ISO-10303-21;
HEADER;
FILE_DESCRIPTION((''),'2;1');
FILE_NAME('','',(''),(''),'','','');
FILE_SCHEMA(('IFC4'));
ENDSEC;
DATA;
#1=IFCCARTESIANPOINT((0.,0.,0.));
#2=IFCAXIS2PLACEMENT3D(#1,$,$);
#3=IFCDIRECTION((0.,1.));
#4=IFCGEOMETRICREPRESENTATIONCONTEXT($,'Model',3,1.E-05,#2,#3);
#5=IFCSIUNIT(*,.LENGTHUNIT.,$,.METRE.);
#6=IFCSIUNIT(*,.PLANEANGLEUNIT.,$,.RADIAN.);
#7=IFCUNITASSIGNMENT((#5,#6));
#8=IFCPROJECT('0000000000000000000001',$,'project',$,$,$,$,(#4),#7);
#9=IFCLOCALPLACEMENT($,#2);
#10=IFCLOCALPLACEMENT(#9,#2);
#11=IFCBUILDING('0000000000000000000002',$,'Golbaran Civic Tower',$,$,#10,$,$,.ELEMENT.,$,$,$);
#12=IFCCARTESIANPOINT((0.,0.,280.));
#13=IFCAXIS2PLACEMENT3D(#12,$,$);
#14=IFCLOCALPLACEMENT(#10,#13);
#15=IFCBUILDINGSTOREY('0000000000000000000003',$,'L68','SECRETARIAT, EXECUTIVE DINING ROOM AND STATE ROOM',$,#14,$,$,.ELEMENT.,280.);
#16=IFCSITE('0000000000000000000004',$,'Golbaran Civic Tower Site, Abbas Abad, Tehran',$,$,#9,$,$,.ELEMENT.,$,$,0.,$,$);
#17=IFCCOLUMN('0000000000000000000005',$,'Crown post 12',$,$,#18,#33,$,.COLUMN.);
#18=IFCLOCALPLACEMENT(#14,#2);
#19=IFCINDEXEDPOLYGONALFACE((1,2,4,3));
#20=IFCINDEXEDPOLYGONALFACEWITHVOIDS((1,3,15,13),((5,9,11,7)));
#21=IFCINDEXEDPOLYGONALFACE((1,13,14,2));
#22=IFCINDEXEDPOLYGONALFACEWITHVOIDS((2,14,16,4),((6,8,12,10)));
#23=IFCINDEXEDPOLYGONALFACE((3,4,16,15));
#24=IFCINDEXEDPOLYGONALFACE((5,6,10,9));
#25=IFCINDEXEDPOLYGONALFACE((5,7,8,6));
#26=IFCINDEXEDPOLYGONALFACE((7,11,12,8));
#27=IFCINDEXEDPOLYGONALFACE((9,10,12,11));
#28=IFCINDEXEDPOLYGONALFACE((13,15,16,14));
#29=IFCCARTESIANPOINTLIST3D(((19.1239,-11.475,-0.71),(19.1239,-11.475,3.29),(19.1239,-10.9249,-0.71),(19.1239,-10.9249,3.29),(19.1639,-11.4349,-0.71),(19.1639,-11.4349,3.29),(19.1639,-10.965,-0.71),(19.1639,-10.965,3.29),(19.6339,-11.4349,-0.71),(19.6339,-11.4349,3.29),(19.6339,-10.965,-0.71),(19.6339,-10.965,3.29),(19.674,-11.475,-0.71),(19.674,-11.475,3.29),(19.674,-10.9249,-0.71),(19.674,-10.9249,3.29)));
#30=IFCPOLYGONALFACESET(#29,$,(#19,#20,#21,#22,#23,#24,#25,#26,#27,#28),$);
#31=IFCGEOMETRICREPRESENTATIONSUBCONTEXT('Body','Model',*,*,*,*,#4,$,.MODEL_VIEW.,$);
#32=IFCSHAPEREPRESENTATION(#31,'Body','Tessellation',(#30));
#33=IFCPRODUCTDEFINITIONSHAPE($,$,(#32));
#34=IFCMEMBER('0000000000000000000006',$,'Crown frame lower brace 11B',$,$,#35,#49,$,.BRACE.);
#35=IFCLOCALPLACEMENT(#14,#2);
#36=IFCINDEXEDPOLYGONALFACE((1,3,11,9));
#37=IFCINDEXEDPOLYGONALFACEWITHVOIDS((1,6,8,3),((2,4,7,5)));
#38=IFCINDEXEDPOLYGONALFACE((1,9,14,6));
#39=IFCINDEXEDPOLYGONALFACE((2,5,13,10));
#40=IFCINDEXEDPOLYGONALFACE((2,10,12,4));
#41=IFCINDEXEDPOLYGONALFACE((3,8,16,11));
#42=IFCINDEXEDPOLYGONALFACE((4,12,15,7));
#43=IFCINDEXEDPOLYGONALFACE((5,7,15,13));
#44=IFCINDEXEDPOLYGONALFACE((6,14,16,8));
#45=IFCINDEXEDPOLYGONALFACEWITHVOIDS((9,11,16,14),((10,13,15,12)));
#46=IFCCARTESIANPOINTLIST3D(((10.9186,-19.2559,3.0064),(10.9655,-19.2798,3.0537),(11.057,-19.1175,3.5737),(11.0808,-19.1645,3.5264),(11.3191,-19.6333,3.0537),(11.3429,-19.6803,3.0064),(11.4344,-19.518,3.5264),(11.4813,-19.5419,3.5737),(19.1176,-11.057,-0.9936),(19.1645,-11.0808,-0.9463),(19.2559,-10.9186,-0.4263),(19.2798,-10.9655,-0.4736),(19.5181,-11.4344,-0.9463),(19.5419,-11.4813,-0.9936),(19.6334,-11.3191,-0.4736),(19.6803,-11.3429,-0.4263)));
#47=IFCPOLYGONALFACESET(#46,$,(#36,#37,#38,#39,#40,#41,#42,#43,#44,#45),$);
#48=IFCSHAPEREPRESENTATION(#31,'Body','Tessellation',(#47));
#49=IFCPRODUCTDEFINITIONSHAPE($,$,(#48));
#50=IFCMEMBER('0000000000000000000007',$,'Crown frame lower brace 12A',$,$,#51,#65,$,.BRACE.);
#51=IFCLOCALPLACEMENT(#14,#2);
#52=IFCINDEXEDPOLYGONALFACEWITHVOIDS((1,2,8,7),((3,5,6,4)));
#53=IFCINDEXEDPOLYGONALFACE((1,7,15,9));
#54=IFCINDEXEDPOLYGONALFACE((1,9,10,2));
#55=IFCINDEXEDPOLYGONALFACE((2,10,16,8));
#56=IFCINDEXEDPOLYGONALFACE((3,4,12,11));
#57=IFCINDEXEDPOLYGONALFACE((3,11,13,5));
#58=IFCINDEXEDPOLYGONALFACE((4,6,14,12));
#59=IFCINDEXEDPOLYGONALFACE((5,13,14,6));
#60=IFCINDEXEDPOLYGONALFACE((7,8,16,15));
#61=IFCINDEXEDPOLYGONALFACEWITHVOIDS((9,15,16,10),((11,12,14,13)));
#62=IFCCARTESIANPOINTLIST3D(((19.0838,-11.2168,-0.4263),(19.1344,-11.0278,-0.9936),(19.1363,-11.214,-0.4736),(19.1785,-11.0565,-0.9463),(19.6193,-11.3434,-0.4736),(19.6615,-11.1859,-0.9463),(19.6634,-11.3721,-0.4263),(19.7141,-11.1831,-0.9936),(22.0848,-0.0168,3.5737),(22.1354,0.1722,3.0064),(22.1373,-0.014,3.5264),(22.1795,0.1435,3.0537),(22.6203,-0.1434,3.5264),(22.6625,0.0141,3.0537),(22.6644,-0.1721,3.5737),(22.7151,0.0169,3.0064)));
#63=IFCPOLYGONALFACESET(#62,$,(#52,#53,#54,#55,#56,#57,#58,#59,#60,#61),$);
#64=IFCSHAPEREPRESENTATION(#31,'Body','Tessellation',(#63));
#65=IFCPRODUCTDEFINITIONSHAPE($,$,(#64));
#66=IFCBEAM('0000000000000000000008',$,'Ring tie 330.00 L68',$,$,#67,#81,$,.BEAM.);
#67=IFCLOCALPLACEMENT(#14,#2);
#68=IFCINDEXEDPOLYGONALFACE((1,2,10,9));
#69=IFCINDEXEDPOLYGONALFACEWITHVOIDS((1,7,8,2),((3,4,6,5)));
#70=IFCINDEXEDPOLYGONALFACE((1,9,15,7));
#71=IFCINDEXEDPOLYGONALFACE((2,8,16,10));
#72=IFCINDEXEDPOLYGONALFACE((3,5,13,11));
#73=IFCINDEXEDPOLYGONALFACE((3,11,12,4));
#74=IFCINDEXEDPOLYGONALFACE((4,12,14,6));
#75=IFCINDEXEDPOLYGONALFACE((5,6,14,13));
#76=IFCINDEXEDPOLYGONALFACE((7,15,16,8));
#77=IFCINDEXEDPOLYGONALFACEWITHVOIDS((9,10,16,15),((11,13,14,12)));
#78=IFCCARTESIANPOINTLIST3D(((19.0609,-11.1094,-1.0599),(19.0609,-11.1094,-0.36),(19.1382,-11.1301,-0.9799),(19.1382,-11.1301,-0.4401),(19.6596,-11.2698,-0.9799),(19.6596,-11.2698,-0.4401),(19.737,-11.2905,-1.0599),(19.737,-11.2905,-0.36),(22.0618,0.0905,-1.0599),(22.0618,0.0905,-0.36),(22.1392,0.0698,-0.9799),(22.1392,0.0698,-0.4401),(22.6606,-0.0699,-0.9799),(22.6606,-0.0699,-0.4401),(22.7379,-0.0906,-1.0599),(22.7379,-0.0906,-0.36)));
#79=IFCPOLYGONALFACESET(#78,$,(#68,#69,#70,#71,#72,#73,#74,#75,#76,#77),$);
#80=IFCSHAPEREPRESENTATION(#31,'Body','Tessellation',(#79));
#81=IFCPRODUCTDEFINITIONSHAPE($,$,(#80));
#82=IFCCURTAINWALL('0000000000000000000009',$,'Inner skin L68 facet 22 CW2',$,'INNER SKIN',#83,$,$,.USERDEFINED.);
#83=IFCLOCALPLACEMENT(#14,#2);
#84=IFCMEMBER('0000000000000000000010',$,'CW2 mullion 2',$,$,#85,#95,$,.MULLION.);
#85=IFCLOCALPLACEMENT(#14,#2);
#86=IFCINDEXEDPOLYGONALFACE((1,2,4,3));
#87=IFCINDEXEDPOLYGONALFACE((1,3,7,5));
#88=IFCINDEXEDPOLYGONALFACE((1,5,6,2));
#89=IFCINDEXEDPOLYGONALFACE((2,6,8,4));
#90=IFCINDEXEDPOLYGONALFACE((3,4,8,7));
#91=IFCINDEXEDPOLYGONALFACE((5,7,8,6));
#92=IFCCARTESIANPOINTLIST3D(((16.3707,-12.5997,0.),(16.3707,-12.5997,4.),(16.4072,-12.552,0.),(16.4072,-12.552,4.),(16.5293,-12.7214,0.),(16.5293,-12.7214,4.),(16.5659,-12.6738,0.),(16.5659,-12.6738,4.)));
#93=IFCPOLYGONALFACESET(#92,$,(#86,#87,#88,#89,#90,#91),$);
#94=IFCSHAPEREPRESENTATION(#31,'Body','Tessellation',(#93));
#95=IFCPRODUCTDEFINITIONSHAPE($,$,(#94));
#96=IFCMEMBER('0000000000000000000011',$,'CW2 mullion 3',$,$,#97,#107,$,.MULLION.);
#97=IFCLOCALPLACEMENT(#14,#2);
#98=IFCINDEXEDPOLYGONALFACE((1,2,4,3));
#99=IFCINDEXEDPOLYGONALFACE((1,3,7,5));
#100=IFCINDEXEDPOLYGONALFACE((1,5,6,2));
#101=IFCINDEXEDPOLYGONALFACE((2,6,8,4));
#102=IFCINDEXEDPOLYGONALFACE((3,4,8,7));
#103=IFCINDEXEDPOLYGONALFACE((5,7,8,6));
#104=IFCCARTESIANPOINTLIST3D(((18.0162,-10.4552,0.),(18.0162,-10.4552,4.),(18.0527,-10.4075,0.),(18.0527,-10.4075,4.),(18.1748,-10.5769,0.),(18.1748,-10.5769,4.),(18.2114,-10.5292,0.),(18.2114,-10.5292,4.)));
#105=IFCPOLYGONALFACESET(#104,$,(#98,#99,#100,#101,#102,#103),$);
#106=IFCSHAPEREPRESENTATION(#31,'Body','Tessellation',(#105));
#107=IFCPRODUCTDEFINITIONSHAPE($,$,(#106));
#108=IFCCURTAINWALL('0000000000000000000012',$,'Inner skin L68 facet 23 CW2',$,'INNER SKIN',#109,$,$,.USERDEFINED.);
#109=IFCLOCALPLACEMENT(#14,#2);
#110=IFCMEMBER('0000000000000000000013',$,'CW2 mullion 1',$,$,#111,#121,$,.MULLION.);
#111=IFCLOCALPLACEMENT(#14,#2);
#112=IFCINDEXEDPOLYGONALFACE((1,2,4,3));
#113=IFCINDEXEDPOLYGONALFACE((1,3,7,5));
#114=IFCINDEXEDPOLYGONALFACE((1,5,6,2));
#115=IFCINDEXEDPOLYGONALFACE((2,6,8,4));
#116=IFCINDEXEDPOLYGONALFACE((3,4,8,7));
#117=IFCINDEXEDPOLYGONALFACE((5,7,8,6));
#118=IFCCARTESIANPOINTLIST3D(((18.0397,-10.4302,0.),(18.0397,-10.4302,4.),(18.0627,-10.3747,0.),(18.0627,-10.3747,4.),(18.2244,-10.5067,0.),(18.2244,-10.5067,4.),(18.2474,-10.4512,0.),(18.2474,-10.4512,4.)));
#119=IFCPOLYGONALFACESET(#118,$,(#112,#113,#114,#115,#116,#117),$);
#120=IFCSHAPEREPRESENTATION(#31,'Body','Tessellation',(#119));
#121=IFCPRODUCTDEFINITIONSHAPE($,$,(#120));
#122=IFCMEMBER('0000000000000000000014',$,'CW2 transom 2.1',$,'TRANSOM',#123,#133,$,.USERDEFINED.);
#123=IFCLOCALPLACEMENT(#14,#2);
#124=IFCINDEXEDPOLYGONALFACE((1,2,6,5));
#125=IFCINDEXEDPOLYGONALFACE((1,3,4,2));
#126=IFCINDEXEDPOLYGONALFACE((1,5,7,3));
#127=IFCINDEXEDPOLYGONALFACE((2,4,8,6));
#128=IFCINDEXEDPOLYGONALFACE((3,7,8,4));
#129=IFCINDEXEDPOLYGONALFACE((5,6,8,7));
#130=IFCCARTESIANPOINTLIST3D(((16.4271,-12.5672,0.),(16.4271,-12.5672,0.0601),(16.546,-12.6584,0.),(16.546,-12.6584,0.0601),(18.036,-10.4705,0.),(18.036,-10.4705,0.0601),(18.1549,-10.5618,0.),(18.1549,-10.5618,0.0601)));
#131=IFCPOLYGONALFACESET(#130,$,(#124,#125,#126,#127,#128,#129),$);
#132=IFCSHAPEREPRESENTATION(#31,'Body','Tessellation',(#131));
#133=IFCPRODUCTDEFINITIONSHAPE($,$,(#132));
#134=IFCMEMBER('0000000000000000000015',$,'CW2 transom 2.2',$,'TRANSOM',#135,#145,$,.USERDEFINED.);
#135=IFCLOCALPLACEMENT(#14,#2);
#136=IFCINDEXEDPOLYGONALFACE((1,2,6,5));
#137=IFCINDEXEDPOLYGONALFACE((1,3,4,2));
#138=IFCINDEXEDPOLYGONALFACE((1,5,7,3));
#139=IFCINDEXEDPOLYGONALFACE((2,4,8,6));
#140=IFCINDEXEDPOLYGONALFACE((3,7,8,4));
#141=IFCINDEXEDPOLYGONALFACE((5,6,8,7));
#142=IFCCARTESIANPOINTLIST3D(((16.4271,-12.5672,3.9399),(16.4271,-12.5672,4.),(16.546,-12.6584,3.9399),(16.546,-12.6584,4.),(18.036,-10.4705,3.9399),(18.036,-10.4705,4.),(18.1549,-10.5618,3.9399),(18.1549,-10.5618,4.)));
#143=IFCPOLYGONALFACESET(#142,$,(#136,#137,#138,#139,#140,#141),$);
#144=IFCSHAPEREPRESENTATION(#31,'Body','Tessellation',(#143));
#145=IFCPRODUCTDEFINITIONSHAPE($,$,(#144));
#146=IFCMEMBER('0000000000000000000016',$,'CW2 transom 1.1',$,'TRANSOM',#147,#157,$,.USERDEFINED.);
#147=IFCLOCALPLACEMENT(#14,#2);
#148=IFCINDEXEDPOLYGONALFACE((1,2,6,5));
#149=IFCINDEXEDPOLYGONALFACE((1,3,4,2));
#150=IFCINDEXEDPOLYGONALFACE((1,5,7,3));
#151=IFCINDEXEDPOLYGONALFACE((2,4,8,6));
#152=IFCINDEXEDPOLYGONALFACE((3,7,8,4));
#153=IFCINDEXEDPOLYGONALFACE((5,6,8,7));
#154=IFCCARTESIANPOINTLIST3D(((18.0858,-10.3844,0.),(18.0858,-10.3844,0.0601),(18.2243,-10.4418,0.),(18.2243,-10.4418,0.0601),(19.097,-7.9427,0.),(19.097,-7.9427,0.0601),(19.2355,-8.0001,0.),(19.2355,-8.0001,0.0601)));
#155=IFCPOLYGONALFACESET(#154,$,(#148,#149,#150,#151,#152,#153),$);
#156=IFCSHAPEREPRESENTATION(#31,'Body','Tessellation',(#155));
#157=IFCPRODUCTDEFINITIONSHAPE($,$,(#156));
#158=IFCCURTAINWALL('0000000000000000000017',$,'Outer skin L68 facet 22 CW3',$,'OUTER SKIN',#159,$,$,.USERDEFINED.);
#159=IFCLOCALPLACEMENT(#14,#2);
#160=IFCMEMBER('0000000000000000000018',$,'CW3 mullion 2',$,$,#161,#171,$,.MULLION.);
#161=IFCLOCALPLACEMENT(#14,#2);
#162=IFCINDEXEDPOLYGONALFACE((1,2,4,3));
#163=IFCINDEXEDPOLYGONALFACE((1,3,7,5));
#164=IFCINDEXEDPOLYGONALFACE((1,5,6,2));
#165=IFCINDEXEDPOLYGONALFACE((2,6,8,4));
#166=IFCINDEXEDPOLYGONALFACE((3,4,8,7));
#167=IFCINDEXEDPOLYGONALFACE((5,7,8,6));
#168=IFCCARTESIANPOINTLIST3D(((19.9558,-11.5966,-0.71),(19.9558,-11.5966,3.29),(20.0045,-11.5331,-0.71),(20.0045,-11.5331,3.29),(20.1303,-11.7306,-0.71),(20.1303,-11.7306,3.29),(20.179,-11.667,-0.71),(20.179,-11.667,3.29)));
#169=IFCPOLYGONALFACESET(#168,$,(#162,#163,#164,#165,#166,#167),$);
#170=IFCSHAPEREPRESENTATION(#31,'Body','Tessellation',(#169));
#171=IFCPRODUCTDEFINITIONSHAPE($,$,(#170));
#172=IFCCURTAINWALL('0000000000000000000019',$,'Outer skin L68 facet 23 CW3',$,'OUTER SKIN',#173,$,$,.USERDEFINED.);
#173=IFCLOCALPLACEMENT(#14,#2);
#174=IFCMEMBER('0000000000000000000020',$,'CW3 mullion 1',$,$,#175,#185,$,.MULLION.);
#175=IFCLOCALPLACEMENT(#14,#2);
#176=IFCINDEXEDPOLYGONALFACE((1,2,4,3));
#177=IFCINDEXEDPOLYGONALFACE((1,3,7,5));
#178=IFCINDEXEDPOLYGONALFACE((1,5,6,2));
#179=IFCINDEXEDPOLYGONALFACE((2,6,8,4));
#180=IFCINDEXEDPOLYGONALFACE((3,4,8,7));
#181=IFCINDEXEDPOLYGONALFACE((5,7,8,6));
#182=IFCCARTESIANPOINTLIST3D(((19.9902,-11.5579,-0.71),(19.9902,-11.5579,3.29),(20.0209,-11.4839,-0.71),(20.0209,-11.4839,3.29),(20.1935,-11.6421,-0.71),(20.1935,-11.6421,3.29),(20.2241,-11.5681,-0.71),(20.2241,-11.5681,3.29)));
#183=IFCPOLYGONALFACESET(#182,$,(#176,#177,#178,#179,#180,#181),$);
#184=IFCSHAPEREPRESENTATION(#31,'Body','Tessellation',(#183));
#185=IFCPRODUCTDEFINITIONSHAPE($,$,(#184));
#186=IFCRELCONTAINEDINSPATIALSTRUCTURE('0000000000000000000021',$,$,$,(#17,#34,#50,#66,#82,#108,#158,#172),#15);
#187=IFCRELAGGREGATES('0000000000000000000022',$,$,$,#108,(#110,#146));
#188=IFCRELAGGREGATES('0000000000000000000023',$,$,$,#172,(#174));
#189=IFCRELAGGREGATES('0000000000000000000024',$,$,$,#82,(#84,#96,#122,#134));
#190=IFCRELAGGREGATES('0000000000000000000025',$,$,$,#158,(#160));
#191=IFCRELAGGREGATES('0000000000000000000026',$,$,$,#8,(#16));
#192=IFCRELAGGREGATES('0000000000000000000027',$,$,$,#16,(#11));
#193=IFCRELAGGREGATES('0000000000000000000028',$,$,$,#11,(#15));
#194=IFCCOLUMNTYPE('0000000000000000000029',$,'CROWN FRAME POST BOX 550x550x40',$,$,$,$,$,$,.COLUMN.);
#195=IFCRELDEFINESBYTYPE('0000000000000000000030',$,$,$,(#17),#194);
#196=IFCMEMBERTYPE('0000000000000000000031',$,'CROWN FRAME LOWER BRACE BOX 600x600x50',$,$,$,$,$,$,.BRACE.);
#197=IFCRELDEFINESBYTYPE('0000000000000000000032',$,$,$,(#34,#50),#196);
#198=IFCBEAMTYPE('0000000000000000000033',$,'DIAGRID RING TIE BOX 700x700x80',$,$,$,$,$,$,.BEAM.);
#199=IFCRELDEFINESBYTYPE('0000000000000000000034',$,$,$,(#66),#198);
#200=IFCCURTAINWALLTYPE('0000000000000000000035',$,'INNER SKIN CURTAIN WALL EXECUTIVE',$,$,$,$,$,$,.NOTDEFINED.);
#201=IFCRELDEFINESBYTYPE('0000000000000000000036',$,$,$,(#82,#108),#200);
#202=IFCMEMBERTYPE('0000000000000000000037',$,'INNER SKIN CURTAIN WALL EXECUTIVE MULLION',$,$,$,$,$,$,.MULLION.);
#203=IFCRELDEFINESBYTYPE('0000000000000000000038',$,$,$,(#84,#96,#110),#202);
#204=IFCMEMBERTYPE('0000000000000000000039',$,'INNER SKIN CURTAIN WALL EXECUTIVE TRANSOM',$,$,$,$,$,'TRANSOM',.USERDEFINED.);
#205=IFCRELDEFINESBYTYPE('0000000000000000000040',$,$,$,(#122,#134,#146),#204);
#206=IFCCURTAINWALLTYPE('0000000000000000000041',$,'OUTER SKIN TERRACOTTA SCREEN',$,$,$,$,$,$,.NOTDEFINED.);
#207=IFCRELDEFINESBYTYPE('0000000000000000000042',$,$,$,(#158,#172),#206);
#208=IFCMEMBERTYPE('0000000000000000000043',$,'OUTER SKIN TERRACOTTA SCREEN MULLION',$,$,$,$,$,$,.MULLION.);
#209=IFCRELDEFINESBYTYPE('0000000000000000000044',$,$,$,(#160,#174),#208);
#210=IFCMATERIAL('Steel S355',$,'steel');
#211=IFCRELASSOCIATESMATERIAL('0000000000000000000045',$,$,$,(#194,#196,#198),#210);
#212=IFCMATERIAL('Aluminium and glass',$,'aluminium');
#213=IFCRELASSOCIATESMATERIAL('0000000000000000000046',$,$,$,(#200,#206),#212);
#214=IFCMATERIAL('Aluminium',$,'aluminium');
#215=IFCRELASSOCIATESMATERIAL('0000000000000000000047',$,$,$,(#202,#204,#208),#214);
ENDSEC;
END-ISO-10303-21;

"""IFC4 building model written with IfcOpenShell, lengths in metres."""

from ifc_helpers import new_model, si_unit, direction, frame, origin, origin_2d, place, context, subcontext, project, spatial, rectangle, hollow_rectangle, extrude, material, material_profile, profile_set, type_object, element, aggregate, save


model = new_model("IFC4")

# Units and contexts
model_context = context("Model", 3, precision=1e-05, world=origin(), true_north=direction((0.0, 1.0)))
body_context = subcontext(model_context, "Body", "Model", "MODEL_VIEW")
ifc_project = project(units=[si_unit("LENGTHUNIT", "METRE"), si_unit("PLANEANGLEUNIT", "RADIAN")], contexts=[model_context])

# Site, building, storey
site_placement = place(None, origin())
site = spatial("IfcSite", under=ifc_project, at=site_placement, Name="Golbaran Civic Tower Site, Abbas Abad, Tehran", CompositionType="ELEMENT", RefElevation=0.0)
building_placement = place(site_placement, origin())
building = spatial("IfcBuilding", under=site, at=building_placement, Name="Golbaran Civic Tower", CompositionType="ELEMENT")
storey_placement = place(building_placement, frame((0.0, 0.0, 280.0)))
storey = spatial("IfcBuildingStorey", under=building, at=storey_placement, Name="L68", Description="SECRETARIAT, EXECUTIVE DINING ROOM AND STATE ROOM", CompositionType="ELEMENT", Elevation=280.0)

# Column
ifc_material_1 = material(Name="Steel S355", Category="steel")
ifc_material_profile_1 = material_profile(ifc_material_1, hollow_rectangle(XDim=0.55, YDim=0.55, WallThickness=0.04, at=origin_2d()), Name="BOX 550x550x40")
ifc_profile_set_1 = profile_set([ifc_material_profile_1], Name="Steel S355")
column_type = type_object("IfcColumnType", Name="CROWN FRAME POST BOX 550x550x40", PredefinedType="COLUMN", material=ifc_profile_set_1)
column_placement = place(storey_placement, frame((19.3989, -11.2, -0.71), z_axis=(0.0, 0.0, 1.0), x_axis=(1.0, 0.0, 0.0)))
element("IfcColumn", 1, at=column_placement, inside=storey, type_object=column_type, Name="Crown post 12", PredefinedType="COLUMN", context=body_context, shape_type="SweptSolid", body=[
    extrude(hollow_rectangle(XDim=0.55, YDim=0.55, WallThickness=0.04, at=origin_2d()), origin(), (0.0, 0.0, 1.0), 4.0),
])

# Members
ifc_material_profile_2 = material_profile(ifc_material_1, hollow_rectangle(XDim=0.6001, YDim=0.6001, WallThickness=0.05, at=origin_2d()), Name="BOX 600x600x50")
ifc_profile_set_2 = profile_set([ifc_material_profile_2], Name="Steel S355")
member_type_1 = type_object("IfcMemberType", Name="CROWN FRAME LOWER BRACE BOX 600x600x50", PredefinedType="BRACE", material=ifc_profile_set_2)
for number, where, z_axis, x_axis, name in (
    (2, (19.3989, -11.2, -0.71), (-0.66845, -0.66845, 0.326114), (0.707107, -0.707107, 0.0), "Crown frame lower brace 11B"),
    (3, (19.3989, -11.2, -0.71), (0.244666, 0.913119, 0.326116), (-0.965927, 0.258816, 0.0), "Crown frame lower brace 12A"),
):
    element("IfcMember", number, at=place(storey_placement, frame(where, z_axis=z_axis, x_axis=x_axis)), inside=storey, type_object=member_type_1, Name=name, PredefinedType="BRACE", context=body_context, shape_type="SweptSolid", body=[
        extrude(hollow_rectangle(XDim=0.6001, YDim=0.6001, WallThickness=0.05, at=origin_2d()), origin(), (0.0, 0.0, 1.0), 12.2656),
    ])

# Beam
ifc_material_profile_3 = material_profile(ifc_material_1, hollow_rectangle(XDim=0.7, YDim=0.7, WallThickness=0.0801, at=origin_2d()), Name="BOX 700x700x80")
ifc_profile_set_3 = profile_set([ifc_material_profile_3], Name="Steel S355")
beam_type = type_object("IfcBeamType", Name="DIAGRID RING TIE BOX 700x700x80", PredefinedType="BEAM", material=ifc_profile_set_3)
beam_placement = place(storey_placement, frame((19.3989, -11.2, -0.71), z_axis=(0.258816, 0.965927, 0.0), x_axis=(-0.965927, 0.258816, 0.0)))
element("IfcBeam", 4, at=beam_placement, inside=storey, type_object=beam_type, Name="Ring tie 330.00 L68", PredefinedType="BEAM", context=body_context, shape_type="SweptSolid", body=[
    extrude(hollow_rectangle(XDim=0.7, YDim=0.7, WallThickness=0.0801, at=origin_2d()), origin(), (0.0, 0.0, 1.0), 11.595),
])

# Curtain wall, members
ifc_material_2 = material(Name="Aluminium and glass", Category="aluminium")
curtain_wall_type_1 = type_object("IfcCurtainWallType", Name="INNER SKIN CURTAIN WALL EXECUTIVE", PredefinedType="NOTDEFINED", material=ifc_material_2)
curtain_wall_1_placement = place(storey_placement, origin())
curtain_wall_1 = element("IfcCurtainWall", 5, at=curtain_wall_1_placement, inside=storey, type_object=curtain_wall_type_1, Name="Inner skin L68 facet 22 CW2", ObjectType="INNER SKIN", PredefinedType="USERDEFINED")
ifc_material_3 = material(Name="Aluminium", Category="aluminium")
ifc_material_profile_4 = material_profile(ifc_material_3, rectangle(XDim=0.2, YDim=0.0601, at=origin_2d()), Name="INNER SKIN CURTAIN WALL EXECUTIVE MULLION")
ifc_profile_set_4 = profile_set([ifc_material_profile_4], Name="Aluminium")
member_type_2 = type_object("IfcMemberType", Name="INNER SKIN CURTAIN WALL EXECUTIVE MULLION", PredefinedType="MULLION", material=ifc_profile_set_4)
member_1_placement = place(storey_placement, frame((16.4683, -12.6367, 0.0), z_axis=(0.0, 0.0, 1.0), x_axis=(-0.793353, 0.608761, 0.0)))
member_1 = element("IfcMember", 6, at=member_1_placement, type_object=member_type_2, Name="CW2 mullion 2", PredefinedType="MULLION", context=body_context, shape_type="SweptSolid", body=[
    extrude(rectangle(XDim=0.2, YDim=0.0601, at=origin_2d()), origin(), (0.0, 0.0, 1.0), 4.0),
])
member_2_placement = place(storey_placement, frame((18.1138, -10.4922, 0.0), z_axis=(0.0, 0.0, 1.0), x_axis=(-0.793353, 0.608761, 0.0)))
member_2 = element("IfcMember", 7, at=member_2_placement, type_object=member_type_2, Name="CW2 mullion 3", PredefinedType="MULLION", context=body_context, shape_type="SweptSolid", body=[
    extrude(rectangle(XDim=0.2, YDim=0.0601, at=origin_2d()), origin(), (0.0, 0.0, 1.0), 4.0),
])

# Curtain wall, member
curtain_wall_2_placement = place(storey_placement, origin())
curtain_wall_2 = element("IfcCurtainWall", 8, at=curtain_wall_2_placement, inside=storey, type_object=curtain_wall_type_1, Name="Inner skin L68 facet 23 CW2", ObjectType="INNER SKIN", PredefinedType="USERDEFINED")
member_3_placement = place(storey_placement, frame((18.1436, -10.4407, 0.0), z_axis=(0.0, 0.0, 1.0), x_axis=(-0.92388, 0.382683, 0.0)))
member_3 = element("IfcMember", 9, at=member_3_placement, type_object=member_type_2, Name="CW2 mullion 1", PredefinedType="MULLION", context=body_context, shape_type="SweptSolid", body=[
    extrude(rectangle(XDim=0.2, YDim=0.0601, at=origin_2d()), origin(), (0.0, 0.0, 1.0), 4.0),
])

# Members
ifc_material_profile_5 = material_profile(ifc_material_3, rectangle(XDim=0.1499, YDim=0.0601, at=origin_2d()), Name="INNER SKIN CURTAIN WALL EXECUTIVE TRANSOM")
ifc_profile_set_5 = profile_set([ifc_material_profile_5], Name="Aluminium")
member_type_3 = type_object("IfcMemberType", Name="INNER SKIN CURTAIN WALL EXECUTIVE TRANSOM", ElementType="TRANSOM", PredefinedType="USERDEFINED", material=ifc_profile_set_5)
member_4_placement = place(storey_placement, frame((16.4866, -12.6128, 0.03), z_axis=(0.608773, 0.793345, 0.0), x_axis=(-0.793345, 0.608773, 0.0)))
member_4 = element("IfcMember", 10, at=member_4_placement, type_object=member_type_3, Name="CW2 transom 2.1", ObjectType="TRANSOM", PredefinedType="USERDEFINED", context=body_context, shape_type="SweptSolid", body=[
    extrude(rectangle(XDim=0.1499, YDim=0.0601, at=origin_2d()), origin(), (0.0, 0.0, 1.0), 2.6428),
])
member_5_placement = place(storey_placement, frame((16.4866, -12.6128, 3.97), z_axis=(0.608773, 0.793345, 0.0), x_axis=(-0.793345, 0.608773, 0.0)))
member_5 = element("IfcMember", 11, at=member_5_placement, type_object=member_type_3, Name="CW2 transom 2.2", ObjectType="TRANSOM", PredefinedType="USERDEFINED", context=body_context, shape_type="SweptSolid", body=[
    extrude(rectangle(XDim=0.1499, YDim=0.0601, at=origin_2d()), origin(), (0.0, 0.0, 1.0), 2.6428),
])
member_6_placement = place(storey_placement, frame((18.155, -10.4131, 0.03), z_axis=(0.38264, 0.923897, 0.0), x_axis=(-0.923897, 0.38264, 0.0)))
member_6 = element("IfcMember", 12, at=member_6_placement, type_object=member_type_3, Name="CW2 transom 1.1", ObjectType="TRANSOM", PredefinedType="USERDEFINED", context=body_context, shape_type="SweptSolid", body=[
    extrude(rectangle(XDim=0.1499, YDim=0.0601, at=origin_2d()), origin(), (0.0, 0.0, 1.0), 2.6428),
])
aggregate(curtain_wall_2, [member_3, member_6])

# Curtain walls, members
curtain_wall_type_2 = type_object("IfcCurtainWallType", Name="OUTER SKIN TERRACOTTA SCREEN", PredefinedType="NOTDEFINED", material=ifc_material_2)
curtain_wall_3_placement = place(storey_placement, origin())
curtain_wall_3 = element("IfcCurtainWall", 13, at=curtain_wall_3_placement, inside=storey, type_object=curtain_wall_type_2, Name="Outer skin L68 facet 22 CW3", ObjectType="OUTER SKIN", PredefinedType="USERDEFINED")
ifc_material_profile_6 = material_profile(ifc_material_3, rectangle(XDim=0.22, YDim=0.0801, at=origin_2d()), Name="OUTER SKIN TERRACOTTA SCREEN MULLION")
ifc_profile_set_6 = profile_set([ifc_material_profile_6], Name="Aluminium")
member_type_4 = type_object("IfcMemberType", Name="OUTER SKIN TERRACOTTA SCREEN MULLION", PredefinedType="MULLION", material=ifc_profile_set_6)
member_7_placement = place(storey_placement, frame((20.0674, -11.6318, -0.71), z_axis=(0.0, 0.0, 1.0), x_axis=(-0.793353, 0.608761, 0.0)))
member_7 = element("IfcMember", 14, at=member_7_placement, type_object=member_type_4, Name="CW3 mullion 2", PredefinedType="MULLION", context=body_context, shape_type="SweptSolid", body=[
    extrude(rectangle(XDim=0.22, YDim=0.0801, at=origin_2d()), origin(), (0.0, 0.0, 1.0), 4.0),
])
curtain_wall_4_placement = place(storey_placement, origin())
curtain_wall_4 = element("IfcCurtainWall", 15, at=curtain_wall_4_placement, inside=storey, type_object=curtain_wall_type_2, Name="Outer skin L68 facet 23 CW3", ObjectType="OUTER SKIN", PredefinedType="USERDEFINED")
member_8_placement = place(storey_placement, frame((20.1072, -11.563, -0.71), z_axis=(0.0, 0.0, 1.0), x_axis=(-0.92388, 0.382683, 0.0)))
member_8 = element("IfcMember", 16, at=member_8_placement, type_object=member_type_4, Name="CW3 mullion 1", PredefinedType="MULLION", context=body_context, shape_type="SweptSolid", body=[
    extrude(rectangle(XDim=0.22, YDim=0.0801, at=origin_2d()), origin(), (0.0, 0.0, 1.0), 4.0),
])

aggregate(curtain_wall_4, [member_8])

aggregate(curtain_wall_1, [member_1, member_2, member_4, member_5])
aggregate(curtain_wall_3, [member_7])

save(model, "model.ifc")
